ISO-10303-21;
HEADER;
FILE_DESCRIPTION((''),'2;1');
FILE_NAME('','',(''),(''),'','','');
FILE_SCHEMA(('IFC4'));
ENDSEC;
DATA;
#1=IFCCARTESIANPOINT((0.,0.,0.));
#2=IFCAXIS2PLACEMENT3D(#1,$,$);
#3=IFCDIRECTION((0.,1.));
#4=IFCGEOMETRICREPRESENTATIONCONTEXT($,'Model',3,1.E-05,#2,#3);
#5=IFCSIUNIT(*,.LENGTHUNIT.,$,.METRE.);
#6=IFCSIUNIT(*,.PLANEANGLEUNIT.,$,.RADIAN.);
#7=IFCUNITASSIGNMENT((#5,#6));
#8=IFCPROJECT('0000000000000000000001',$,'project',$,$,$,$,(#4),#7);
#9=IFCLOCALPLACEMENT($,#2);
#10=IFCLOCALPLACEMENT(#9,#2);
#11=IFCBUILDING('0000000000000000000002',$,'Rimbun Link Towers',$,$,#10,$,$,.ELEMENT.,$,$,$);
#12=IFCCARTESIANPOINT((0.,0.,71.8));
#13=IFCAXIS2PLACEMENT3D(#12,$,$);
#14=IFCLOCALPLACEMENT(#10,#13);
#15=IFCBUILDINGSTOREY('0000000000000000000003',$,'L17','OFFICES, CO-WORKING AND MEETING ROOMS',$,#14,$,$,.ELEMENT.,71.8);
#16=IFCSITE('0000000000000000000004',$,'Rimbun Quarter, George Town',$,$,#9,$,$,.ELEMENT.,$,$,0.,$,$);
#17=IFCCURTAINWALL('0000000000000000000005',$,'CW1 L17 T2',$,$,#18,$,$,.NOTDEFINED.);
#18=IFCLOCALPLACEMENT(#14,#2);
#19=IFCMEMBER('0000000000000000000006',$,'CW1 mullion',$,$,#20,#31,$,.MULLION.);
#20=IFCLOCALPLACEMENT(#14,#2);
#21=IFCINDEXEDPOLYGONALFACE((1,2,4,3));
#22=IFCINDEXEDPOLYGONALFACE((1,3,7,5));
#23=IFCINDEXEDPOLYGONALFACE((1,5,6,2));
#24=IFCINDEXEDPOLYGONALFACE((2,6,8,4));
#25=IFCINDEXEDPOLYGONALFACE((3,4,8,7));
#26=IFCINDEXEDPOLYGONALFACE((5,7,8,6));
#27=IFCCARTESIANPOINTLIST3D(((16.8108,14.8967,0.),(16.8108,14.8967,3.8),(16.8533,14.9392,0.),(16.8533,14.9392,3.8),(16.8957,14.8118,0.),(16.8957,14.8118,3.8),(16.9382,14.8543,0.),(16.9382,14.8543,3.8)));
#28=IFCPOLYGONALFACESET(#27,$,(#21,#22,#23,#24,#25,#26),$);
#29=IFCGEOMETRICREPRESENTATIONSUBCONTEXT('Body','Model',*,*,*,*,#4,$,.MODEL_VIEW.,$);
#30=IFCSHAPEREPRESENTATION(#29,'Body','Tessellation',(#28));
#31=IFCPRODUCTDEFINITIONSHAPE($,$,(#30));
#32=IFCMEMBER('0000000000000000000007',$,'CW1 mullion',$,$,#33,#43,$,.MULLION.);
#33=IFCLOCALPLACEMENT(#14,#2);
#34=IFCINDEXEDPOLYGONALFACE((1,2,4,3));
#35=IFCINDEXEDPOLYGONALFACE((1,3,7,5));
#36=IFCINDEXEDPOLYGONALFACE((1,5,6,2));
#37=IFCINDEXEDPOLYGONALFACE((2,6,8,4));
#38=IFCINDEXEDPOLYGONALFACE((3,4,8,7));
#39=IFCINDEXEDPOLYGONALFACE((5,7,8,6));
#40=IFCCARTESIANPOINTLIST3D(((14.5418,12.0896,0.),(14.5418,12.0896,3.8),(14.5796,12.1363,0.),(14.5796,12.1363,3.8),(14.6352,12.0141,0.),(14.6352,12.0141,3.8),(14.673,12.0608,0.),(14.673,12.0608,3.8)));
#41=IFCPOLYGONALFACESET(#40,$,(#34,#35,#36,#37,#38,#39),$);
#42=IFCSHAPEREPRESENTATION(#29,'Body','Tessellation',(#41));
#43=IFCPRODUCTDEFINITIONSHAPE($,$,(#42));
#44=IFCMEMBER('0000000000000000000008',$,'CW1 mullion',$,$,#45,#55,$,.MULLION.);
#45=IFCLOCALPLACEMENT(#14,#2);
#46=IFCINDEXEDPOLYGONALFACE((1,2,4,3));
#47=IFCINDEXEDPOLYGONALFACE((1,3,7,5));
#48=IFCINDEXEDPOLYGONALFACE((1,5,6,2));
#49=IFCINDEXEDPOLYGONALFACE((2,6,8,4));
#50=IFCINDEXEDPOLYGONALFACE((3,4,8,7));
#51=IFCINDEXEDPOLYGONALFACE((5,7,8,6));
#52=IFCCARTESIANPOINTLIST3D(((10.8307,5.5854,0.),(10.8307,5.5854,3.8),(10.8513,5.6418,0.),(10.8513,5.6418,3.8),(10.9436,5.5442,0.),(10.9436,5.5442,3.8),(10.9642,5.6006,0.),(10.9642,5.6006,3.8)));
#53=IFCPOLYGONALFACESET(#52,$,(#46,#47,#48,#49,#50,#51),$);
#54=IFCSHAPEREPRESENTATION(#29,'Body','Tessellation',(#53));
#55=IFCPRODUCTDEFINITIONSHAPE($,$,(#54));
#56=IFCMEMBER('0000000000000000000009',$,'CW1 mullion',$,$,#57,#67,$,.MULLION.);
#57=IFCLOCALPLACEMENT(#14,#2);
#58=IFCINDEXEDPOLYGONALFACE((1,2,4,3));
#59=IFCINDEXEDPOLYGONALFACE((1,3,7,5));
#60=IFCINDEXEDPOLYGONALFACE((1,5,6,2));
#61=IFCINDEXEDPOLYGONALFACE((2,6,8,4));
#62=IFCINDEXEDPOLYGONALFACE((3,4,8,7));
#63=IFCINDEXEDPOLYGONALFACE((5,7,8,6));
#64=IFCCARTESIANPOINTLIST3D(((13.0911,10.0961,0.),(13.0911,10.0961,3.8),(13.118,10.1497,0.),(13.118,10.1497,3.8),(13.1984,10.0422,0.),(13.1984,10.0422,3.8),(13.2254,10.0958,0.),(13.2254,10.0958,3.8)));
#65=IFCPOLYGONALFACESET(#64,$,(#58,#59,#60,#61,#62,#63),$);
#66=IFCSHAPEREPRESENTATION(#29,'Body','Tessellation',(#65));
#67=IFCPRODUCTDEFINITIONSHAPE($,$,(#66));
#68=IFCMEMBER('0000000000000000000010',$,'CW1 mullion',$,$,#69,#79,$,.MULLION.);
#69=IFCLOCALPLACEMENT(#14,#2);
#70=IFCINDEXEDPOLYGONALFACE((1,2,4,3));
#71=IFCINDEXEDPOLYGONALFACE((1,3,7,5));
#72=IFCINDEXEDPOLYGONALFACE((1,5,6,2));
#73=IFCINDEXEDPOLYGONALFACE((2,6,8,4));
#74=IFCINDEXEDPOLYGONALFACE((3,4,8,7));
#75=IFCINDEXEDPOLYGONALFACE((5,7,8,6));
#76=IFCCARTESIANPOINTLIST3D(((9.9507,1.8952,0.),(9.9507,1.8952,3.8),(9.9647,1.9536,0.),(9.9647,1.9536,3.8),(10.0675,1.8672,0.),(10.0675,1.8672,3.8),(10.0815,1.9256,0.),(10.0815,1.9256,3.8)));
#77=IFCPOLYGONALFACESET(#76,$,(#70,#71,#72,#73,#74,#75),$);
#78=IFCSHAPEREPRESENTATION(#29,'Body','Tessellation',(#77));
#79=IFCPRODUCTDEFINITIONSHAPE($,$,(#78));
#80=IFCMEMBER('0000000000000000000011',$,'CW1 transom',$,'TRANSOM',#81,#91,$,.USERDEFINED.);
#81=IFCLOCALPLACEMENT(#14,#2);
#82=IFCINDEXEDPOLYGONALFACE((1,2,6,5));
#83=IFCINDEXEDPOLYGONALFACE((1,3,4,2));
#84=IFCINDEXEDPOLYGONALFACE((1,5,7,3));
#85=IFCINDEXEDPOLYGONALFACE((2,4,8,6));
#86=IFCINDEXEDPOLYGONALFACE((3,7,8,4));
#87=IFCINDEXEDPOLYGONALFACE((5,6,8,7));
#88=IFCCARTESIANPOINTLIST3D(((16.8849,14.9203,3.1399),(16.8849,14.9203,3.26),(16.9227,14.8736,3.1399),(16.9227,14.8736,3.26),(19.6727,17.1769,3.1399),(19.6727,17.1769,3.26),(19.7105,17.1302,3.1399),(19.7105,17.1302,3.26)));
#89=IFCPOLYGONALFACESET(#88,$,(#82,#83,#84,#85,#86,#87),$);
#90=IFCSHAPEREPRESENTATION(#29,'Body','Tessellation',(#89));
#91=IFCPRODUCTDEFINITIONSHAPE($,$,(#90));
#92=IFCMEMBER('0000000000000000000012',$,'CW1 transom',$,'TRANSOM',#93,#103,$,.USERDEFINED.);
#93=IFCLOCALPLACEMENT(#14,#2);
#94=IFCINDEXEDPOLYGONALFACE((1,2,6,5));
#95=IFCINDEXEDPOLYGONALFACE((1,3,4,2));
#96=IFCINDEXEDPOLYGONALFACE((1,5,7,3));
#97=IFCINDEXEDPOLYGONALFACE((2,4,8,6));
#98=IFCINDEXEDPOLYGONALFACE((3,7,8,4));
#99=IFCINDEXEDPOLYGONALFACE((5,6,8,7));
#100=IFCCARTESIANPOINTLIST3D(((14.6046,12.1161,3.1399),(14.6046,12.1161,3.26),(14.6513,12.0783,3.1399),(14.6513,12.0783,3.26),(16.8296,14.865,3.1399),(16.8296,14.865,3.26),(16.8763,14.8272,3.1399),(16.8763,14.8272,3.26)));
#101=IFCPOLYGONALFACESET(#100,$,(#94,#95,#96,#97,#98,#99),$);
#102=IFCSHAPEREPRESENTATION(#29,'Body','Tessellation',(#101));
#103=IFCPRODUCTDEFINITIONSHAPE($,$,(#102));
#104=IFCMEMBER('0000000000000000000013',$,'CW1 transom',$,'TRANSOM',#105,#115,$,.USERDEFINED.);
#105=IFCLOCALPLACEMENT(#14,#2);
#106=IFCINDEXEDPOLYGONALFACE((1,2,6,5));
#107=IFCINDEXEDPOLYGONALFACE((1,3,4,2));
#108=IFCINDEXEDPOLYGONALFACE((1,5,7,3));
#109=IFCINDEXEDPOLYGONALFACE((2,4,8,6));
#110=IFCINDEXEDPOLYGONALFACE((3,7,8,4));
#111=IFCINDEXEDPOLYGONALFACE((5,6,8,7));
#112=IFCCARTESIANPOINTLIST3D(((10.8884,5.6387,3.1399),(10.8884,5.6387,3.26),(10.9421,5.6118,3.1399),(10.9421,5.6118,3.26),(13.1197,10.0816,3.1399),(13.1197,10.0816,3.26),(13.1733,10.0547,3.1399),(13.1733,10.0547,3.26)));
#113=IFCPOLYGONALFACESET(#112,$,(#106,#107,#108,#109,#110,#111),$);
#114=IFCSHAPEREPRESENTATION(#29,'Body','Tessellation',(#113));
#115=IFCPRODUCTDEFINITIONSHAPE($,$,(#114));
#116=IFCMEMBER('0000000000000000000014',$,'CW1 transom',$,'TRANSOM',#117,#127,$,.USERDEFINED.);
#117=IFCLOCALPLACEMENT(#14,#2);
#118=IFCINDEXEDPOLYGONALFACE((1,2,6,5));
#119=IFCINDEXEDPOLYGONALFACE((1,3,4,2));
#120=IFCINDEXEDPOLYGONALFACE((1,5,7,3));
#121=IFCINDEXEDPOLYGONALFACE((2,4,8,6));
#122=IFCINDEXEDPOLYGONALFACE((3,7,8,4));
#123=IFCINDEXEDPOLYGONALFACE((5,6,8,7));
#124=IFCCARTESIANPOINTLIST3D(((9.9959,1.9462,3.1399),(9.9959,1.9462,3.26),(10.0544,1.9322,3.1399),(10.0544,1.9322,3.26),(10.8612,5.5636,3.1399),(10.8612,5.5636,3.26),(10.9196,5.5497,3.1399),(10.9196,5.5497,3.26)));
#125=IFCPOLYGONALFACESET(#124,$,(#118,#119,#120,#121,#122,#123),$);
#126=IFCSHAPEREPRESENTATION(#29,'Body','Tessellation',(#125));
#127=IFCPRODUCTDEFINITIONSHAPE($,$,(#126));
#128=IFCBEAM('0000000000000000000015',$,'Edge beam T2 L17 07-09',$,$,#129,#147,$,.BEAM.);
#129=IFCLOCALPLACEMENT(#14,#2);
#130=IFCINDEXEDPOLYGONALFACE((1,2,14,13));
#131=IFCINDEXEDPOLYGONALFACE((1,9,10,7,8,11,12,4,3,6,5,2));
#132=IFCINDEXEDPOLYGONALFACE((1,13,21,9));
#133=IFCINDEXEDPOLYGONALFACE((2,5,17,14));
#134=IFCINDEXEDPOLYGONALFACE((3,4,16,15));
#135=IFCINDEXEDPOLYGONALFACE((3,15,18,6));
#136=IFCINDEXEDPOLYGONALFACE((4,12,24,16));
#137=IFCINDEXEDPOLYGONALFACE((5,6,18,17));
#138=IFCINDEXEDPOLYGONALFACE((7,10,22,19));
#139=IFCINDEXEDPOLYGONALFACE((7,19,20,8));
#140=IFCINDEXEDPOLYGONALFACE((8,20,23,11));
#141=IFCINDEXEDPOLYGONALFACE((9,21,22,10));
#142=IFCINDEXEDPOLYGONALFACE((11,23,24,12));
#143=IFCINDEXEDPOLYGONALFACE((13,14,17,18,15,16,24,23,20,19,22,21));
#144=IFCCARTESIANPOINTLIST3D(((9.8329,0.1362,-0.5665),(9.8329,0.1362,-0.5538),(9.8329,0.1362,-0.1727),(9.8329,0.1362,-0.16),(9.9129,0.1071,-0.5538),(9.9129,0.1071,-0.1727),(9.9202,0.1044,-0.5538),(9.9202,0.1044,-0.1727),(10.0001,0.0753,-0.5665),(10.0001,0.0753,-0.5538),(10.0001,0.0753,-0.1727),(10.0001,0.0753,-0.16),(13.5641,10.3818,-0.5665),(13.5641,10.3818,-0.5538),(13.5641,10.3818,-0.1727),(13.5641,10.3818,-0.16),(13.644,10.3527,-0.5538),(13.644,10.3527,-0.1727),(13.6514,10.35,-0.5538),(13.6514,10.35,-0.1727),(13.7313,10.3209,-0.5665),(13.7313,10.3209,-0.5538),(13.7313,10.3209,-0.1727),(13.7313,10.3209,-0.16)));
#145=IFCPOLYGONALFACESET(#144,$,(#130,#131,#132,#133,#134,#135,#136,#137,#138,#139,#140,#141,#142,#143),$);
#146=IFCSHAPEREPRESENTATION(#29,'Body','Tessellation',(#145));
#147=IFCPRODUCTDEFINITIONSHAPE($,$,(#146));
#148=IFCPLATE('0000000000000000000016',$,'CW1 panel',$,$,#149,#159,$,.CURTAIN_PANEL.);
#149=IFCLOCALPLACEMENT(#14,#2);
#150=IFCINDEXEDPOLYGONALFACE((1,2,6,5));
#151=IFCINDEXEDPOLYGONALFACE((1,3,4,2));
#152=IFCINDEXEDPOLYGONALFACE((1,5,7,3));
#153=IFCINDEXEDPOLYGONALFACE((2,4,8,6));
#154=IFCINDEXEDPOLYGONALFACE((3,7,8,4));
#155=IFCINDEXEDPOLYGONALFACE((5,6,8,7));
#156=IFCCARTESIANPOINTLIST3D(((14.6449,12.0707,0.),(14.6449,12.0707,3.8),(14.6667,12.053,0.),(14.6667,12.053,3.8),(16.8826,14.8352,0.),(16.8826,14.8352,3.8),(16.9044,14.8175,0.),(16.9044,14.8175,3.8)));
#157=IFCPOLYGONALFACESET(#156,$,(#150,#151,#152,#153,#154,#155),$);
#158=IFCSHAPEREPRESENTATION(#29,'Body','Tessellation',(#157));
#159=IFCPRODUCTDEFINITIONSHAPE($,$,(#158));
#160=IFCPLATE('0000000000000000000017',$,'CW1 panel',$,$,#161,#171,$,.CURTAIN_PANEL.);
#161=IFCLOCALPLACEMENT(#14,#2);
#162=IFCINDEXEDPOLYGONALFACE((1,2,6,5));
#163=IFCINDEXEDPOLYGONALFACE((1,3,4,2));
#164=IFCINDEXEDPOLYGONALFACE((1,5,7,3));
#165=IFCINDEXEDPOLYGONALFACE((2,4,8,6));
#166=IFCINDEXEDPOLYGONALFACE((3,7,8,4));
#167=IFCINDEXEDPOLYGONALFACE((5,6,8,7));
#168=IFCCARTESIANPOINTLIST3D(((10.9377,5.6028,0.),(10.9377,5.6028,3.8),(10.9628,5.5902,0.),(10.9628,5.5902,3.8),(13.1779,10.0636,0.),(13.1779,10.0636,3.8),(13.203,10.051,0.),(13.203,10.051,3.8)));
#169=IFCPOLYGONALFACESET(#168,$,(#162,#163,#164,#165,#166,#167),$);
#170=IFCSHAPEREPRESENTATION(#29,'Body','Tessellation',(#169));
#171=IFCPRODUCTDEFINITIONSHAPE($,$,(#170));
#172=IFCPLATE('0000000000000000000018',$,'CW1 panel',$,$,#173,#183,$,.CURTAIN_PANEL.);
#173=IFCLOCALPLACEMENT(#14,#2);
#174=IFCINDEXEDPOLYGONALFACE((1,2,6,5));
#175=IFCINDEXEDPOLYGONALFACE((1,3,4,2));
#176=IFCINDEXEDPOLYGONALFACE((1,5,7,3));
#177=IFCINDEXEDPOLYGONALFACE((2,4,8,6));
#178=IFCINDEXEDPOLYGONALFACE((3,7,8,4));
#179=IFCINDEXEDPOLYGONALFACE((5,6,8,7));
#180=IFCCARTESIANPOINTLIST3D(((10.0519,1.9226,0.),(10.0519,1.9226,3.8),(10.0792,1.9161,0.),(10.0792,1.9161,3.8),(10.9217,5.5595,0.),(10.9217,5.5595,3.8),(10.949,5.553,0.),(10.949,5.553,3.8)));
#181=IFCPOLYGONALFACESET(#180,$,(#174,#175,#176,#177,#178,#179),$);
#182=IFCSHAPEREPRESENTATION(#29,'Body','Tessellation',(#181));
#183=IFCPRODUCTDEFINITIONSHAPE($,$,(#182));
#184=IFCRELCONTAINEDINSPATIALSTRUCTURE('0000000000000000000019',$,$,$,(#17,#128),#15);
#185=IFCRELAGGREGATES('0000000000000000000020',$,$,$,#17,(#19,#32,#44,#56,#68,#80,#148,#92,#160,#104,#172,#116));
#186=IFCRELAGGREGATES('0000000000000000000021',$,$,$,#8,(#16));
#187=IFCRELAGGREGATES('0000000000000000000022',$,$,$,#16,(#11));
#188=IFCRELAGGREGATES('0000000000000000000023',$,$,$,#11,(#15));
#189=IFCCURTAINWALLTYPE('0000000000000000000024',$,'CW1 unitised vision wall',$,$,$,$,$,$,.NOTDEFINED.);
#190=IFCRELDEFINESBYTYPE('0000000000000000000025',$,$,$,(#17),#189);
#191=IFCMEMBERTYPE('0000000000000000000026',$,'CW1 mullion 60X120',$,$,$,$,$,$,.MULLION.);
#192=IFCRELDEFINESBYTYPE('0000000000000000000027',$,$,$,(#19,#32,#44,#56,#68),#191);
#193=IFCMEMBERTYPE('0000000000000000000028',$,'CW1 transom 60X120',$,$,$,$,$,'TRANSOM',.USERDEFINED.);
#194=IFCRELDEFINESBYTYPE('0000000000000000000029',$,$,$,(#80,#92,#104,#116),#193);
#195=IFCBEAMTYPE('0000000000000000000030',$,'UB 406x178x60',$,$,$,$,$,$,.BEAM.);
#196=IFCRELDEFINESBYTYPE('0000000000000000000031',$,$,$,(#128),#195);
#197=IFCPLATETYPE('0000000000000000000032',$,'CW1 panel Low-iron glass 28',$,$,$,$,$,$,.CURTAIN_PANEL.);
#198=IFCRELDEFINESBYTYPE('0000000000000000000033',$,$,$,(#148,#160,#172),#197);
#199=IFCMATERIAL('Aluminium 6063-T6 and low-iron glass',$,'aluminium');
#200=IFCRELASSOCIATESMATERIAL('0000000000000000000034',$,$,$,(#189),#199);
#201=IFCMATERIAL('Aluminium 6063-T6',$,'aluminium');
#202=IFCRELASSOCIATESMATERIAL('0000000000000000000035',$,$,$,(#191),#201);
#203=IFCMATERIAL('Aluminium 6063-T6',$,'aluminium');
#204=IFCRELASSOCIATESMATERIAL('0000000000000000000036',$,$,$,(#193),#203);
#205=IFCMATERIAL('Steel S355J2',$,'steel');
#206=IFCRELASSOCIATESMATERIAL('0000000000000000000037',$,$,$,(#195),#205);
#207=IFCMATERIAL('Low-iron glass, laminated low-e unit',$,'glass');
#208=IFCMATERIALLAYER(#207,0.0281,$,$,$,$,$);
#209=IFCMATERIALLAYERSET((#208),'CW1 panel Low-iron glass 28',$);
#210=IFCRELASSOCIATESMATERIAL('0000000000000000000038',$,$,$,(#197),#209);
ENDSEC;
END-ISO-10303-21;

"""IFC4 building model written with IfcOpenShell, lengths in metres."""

from ifc_helpers import new_model, si_unit, direction, frame, origin, origin_2d, place, context, subcontext, project, spatial, rectangle, i_section, extrude, material, layer, layer_set, material_profile, profile_set, type_object, element, aggregate, save


model = new_model("IFC4")

# Units and contexts
model_context = context("Model", 3, precision=1e-05, world=origin(), true_north=direction((0.0, 1.0)))
body_context = subcontext(model_context, "Body", "Model", "MODEL_VIEW")
ifc_project = project(units=[si_unit("LENGTHUNIT", "METRE"), si_unit("PLANEANGLEUNIT", "RADIAN")], contexts=[model_context])

# Site, building, storey
site_placement = place(None, origin())
site = spatial("IfcSite", under=ifc_project, at=site_placement, Name="Rimbun Quarter, George Town", CompositionType="ELEMENT", RefElevation=0.0)
building_placement = place(site_placement, origin())
building = spatial("IfcBuilding", under=site, at=building_placement, Name="Rimbun Link Towers", CompositionType="ELEMENT")
storey_placement = place(building_placement, frame((0.0, 0.0, 71.8)))
storey = spatial("IfcBuildingStorey", under=building, at=storey_placement, Name="L17", Description="OFFICES, CO-WORKING AND MEETING ROOMS", CompositionType="ELEMENT", Elevation=71.8)

# Curtain wall, members
ifc_material_1 = material(Name="Aluminium 6063-T6 and low-iron glass", Category="aluminium")
curtain_wall_type = type_object("IfcCurtainWallType", Name="CW1 unitised vision wall", PredefinedType="NOTDEFINED", material=ifc_material_1)
curtain_wall_placement = place(storey_placement, origin())
curtain_wall = element("IfcCurtainWall", 1, at=curtain_wall_placement, inside=storey, type_object=curtain_wall_type, Name="CW1 L17 T2", PredefinedType="NOTDEFINED")
ifc_material_2 = material(Name="Aluminium 6063-T6", Category="aluminium")
ifc_material_profile_1 = material_profile(ifc_material_2, rectangle(XDim=0.1201, YDim=0.0601, at=origin_2d()), Name="MULLION 60X120")
ifc_profile_set_1 = profile_set([ifc_material_profile_1], Name="Aluminium 6063-T6")
member_type_1 = type_object("IfcMemberType", Name="CW1 mullion 60X120", PredefinedType="MULLION", material=ifc_profile_set_1)
member_1_placement = place(storey_placement, frame((16.8745, 14.8755, 0.0), z_axis=(0.0, 0.0, 1.0), x_axis=(-0.707107, 0.707107, 0.0)))
member_1 = element("IfcMember", 2, at=member_1_placement, type_object=member_type_1, Name="CW1 mullion", PredefinedType="MULLION", context=body_context, shape_type="SweptSolid", body=[
    extrude(rectangle(XDim=0.1201, YDim=0.0601, at=origin_2d()), origin(), (0.0, 0.0, 1.0), 3.8),
])
member_2_placement = place(storey_placement, frame((14.6074, 12.0752, 0.0), z_axis=(0.0, 0.0, 1.0), x_axis=(-0.77728, 0.629155, 0.0)))
member_2 = element("IfcMember", 3, at=member_2_placement, type_object=member_type_1, Name="CW1 mullion", PredefinedType="MULLION", context=body_context, shape_type="SweptSolid", body=[
    extrude(rectangle(XDim=0.1201, YDim=0.0601, at=origin_2d()), origin(), (0.0, 0.0, 1.0), 3.8),
])
member_3_placement = place(storey_placement, frame((10.8975, 5.593, 0.0), z_axis=(0.0, 0.0, 1.0), x_axis=(-0.939346, 0.34297, 0.0)))
member_3 = element("IfcMember", 4, at=member_3_placement, type_object=member_type_1, Name="CW1 mullion", PredefinedType="MULLION", context=body_context, shape_type="SweptSolid", body=[
    extrude(rectangle(XDim=0.1201, YDim=0.0601, at=origin_2d()), origin(), (0.0, 0.0, 1.0), 3.8),
])
member_4_placement = place(storey_placement, frame((13.1582, 10.0959, 0.0), z_axis=(0.0, 0.0, 1.0), x_axis=(-0.893641, 0.448782, 0.0)))
member_4 = element("IfcMember", 5, at=member_4_placement, type_object=member_type_1, Name="CW1 mullion", PredefinedType="MULLION", context=body_context, shape_type="SweptSolid", body=[
    extrude(rectangle(XDim=0.1201, YDim=0.0601, at=origin_2d()), origin(), (0.0, 0.0, 1.0), 3.8),
])
member_5_placement = place(storey_placement, frame((10.0161, 1.9104, 0.0), z_axis=(0.0, 0.0, 1.0), x_axis=(-0.972572, 0.232601, 0.0)))
member_5 = element("IfcMember", 6, at=member_5_placement, type_object=member_type_1, Name="CW1 mullion", PredefinedType="MULLION", context=body_context, shape_type="SweptSolid", body=[
    extrude(rectangle(XDim=0.1201, YDim=0.0601, at=origin_2d()), origin(), (0.0, 0.0, 1.0), 3.8),
])
ifc_material_3 = material(Name="Aluminium 6063-T6", Category="aluminium")
ifc_material_profile_2 = material_profile(ifc_material_3, rectangle(XDim=0.0601, YDim=0.1201, at=origin_2d()), Name="TRANSOM 60X120")
ifc_profile_set_2 = profile_set([ifc_material_profile_2], Name="Aluminium 6063-T6")
member_type_2 = type_object("IfcMemberType", Name="CW1 transom 60X120", ElementType="TRANSOM", PredefinedType="USERDEFINED", material=ifc_profile_set_2)
member_6_placement = place(storey_placement, frame((16.9038, 14.897, 3.2), z_axis=(0.777277, 0.629159, 0.0), x_axis=(-0.629159, 0.777277, 0.0)))
member_6 = element("IfcMember", 7, at=member_6_placement, type_object=member_type_2, Name="CW1 transom", ObjectType="TRANSOM", PredefinedType="USERDEFINED", context=body_context, shape_type="SweptSolid", body=[
    extrude(rectangle(XDim=0.0601, YDim=0.1201, at=origin_2d()), origin(), (0.0, 0.0, 1.0), 3.5867),
])
member_7_placement = place(storey_placement, frame((14.6279, 12.0972, 3.2), z_axis=(0.629147, 0.777287, 0.0), x_axis=(-0.777287, 0.629147, 0.0)))
member_7 = element("IfcMember", 8, at=member_7_placement, type_object=member_type_2, Name="CW1 transom", ObjectType="TRANSOM", PredefinedType="USERDEFINED", context=body_context, shape_type="SweptSolid", body=[
    extrude(rectangle(XDim=0.0601, YDim=0.1201, at=origin_2d()), origin(), (0.0, 0.0, 1.0), 3.5366),
])
member_8_placement = place(storey_placement, frame((10.9153, 5.6252, 3.2), z_axis=(0.448784, 0.89364, 0.0), x_axis=(-0.89364, 0.448784, 0.0)))
member_8 = element("IfcMember", 9, at=member_8_placement, type_object=member_type_2, Name="CW1 transom", ObjectType="TRANSOM", PredefinedType="USERDEFINED", context=body_context, shape_type="SweptSolid", body=[
    extrude(rectangle(XDim=0.0601, YDim=0.1201, at=origin_2d()), origin(), (0.0, 0.0, 1.0), 4.9717),
])
member_9_placement = place(storey_placement, frame((10.0251, 1.9392, 3.2), z_axis=(0.232623, 0.972567, 0.0), x_axis=(-0.972567, 0.232623, 0.0)))
member_9 = element("IfcMember", 10, at=member_9_placement, type_object=member_type_2, Name="CW1 transom", ObjectType="TRANSOM", PredefinedType="USERDEFINED", context=body_context, shape_type="SweptSolid", body=[
    extrude(rectangle(XDim=0.0601, YDim=0.1201, at=origin_2d()), origin(), (0.0, 0.0, 1.0), 3.7195),
])

# Beam
ifc_material_4 = material(Name="Steel S355J2", Category="steel")
ifc_material_profile_3 = material_profile(ifc_material_4, i_section(OverallWidth=0.178, OverallDepth=0.4065, WebThickness=0.0078, FlangeThickness=0.0127, at=origin_2d()), Name="UB 406x178x60")
ifc_profile_set_3 = profile_set([ifc_material_profile_3], Name="Steel S355J2")
beam_type = type_object("IfcBeamType", Name="UB 406x178x60", PredefinedType="BEAM", material=ifc_profile_set_3)
beam_placement = place(storey_placement, frame((13.6477, 10.3513, -0.3633), z_axis=(-0.342191, -0.939631, 0.0), x_axis=(0.939631, -0.342191, 0.0)))
element("IfcBeam", 11, at=beam_placement, inside=storey, type_object=beam_type, Name="Edge beam T2 L17 07-09", PredefinedType="BEAM", context=body_context, shape_type="SweptSolid", body=[
    extrude(i_section(OverallWidth=0.178, OverallDepth=0.4065, WebThickness=0.0078, FlangeThickness=0.0127, at=origin_2d()), origin(), (0.0, 0.0, 1.0), 10.9038),
])

# Plates
ifc_material_5 = material(Name="Low-iron glass, laminated low-e unit", Category="glass")
ifc_layer_1 = layer(ifc_material_5, 0.0281)
ifc_layer_set_1 = layer_set([ifc_layer_1], Name="CW1 panel Low-iron glass 28")
plate_type = type_object("IfcPlateType", Name="CW1 panel Low-iron glass 28", PredefinedType="CURTAIN_PANEL", material=ifc_layer_set_1)
plate_1_placement = place(storey_placement, frame((15.7747, 13.4441, 0.0), z_axis=(0.0, 0.0, 1.0), x_axis=(0.629155, 0.77728, 0.0)))
plate_1 = element("IfcPlate", 12, at=plate_1_placement, type_object=plate_type, Name="CW1 panel", PredefinedType="CURTAIN_PANEL", context=body_context, shape_type="SweptSolid", body=[
    extrude(rectangle(XDim=3.5566, YDim=0.0281, at=origin_2d()), origin(), (0.0, 0.0, 1.0), 3.8),
])
plate_2_placement = place(storey_placement, frame((12.0703, 7.8269, 0.0), z_axis=(0.0, 0.0, 1.0), x_axis=(0.448782, 0.893641, 0.0)))
plate_2 = element("IfcPlate", 13, at=plate_2_placement, type_object=plate_type, Name="CW1 panel", PredefinedType="CURTAIN_PANEL", context=body_context, shape_type="SweptSolid", body=[
    extrude(rectangle(XDim=4.9917, YDim=0.0281, at=origin_2d()), origin(), (0.0, 0.0, 1.0), 3.8),
])
plate_3_placement = place(storey_placement, frame((10.5005, 3.7378, 0.0), z_axis=(0.0, 0.0, 1.0), x_axis=(0.232601, 0.972572, 0.0)))
plate_3 = element("IfcPlate", 14, at=plate_3_placement, type_object=plate_type, Name="CW1 panel", PredefinedType="CURTAIN_PANEL", context=body_context, shape_type="SweptSolid", body=[
    extrude(rectangle(XDim=3.7395, YDim=0.0281, at=origin_2d()), origin(), (0.0, 0.0, 1.0), 3.8),
])
aggregate(curtain_wall, [member_1, member_2, member_3, member_4, member_5, member_6, plate_1, member_7, plate_2, member_8, plate_3, member_9])

save(model, "model.ifc")
